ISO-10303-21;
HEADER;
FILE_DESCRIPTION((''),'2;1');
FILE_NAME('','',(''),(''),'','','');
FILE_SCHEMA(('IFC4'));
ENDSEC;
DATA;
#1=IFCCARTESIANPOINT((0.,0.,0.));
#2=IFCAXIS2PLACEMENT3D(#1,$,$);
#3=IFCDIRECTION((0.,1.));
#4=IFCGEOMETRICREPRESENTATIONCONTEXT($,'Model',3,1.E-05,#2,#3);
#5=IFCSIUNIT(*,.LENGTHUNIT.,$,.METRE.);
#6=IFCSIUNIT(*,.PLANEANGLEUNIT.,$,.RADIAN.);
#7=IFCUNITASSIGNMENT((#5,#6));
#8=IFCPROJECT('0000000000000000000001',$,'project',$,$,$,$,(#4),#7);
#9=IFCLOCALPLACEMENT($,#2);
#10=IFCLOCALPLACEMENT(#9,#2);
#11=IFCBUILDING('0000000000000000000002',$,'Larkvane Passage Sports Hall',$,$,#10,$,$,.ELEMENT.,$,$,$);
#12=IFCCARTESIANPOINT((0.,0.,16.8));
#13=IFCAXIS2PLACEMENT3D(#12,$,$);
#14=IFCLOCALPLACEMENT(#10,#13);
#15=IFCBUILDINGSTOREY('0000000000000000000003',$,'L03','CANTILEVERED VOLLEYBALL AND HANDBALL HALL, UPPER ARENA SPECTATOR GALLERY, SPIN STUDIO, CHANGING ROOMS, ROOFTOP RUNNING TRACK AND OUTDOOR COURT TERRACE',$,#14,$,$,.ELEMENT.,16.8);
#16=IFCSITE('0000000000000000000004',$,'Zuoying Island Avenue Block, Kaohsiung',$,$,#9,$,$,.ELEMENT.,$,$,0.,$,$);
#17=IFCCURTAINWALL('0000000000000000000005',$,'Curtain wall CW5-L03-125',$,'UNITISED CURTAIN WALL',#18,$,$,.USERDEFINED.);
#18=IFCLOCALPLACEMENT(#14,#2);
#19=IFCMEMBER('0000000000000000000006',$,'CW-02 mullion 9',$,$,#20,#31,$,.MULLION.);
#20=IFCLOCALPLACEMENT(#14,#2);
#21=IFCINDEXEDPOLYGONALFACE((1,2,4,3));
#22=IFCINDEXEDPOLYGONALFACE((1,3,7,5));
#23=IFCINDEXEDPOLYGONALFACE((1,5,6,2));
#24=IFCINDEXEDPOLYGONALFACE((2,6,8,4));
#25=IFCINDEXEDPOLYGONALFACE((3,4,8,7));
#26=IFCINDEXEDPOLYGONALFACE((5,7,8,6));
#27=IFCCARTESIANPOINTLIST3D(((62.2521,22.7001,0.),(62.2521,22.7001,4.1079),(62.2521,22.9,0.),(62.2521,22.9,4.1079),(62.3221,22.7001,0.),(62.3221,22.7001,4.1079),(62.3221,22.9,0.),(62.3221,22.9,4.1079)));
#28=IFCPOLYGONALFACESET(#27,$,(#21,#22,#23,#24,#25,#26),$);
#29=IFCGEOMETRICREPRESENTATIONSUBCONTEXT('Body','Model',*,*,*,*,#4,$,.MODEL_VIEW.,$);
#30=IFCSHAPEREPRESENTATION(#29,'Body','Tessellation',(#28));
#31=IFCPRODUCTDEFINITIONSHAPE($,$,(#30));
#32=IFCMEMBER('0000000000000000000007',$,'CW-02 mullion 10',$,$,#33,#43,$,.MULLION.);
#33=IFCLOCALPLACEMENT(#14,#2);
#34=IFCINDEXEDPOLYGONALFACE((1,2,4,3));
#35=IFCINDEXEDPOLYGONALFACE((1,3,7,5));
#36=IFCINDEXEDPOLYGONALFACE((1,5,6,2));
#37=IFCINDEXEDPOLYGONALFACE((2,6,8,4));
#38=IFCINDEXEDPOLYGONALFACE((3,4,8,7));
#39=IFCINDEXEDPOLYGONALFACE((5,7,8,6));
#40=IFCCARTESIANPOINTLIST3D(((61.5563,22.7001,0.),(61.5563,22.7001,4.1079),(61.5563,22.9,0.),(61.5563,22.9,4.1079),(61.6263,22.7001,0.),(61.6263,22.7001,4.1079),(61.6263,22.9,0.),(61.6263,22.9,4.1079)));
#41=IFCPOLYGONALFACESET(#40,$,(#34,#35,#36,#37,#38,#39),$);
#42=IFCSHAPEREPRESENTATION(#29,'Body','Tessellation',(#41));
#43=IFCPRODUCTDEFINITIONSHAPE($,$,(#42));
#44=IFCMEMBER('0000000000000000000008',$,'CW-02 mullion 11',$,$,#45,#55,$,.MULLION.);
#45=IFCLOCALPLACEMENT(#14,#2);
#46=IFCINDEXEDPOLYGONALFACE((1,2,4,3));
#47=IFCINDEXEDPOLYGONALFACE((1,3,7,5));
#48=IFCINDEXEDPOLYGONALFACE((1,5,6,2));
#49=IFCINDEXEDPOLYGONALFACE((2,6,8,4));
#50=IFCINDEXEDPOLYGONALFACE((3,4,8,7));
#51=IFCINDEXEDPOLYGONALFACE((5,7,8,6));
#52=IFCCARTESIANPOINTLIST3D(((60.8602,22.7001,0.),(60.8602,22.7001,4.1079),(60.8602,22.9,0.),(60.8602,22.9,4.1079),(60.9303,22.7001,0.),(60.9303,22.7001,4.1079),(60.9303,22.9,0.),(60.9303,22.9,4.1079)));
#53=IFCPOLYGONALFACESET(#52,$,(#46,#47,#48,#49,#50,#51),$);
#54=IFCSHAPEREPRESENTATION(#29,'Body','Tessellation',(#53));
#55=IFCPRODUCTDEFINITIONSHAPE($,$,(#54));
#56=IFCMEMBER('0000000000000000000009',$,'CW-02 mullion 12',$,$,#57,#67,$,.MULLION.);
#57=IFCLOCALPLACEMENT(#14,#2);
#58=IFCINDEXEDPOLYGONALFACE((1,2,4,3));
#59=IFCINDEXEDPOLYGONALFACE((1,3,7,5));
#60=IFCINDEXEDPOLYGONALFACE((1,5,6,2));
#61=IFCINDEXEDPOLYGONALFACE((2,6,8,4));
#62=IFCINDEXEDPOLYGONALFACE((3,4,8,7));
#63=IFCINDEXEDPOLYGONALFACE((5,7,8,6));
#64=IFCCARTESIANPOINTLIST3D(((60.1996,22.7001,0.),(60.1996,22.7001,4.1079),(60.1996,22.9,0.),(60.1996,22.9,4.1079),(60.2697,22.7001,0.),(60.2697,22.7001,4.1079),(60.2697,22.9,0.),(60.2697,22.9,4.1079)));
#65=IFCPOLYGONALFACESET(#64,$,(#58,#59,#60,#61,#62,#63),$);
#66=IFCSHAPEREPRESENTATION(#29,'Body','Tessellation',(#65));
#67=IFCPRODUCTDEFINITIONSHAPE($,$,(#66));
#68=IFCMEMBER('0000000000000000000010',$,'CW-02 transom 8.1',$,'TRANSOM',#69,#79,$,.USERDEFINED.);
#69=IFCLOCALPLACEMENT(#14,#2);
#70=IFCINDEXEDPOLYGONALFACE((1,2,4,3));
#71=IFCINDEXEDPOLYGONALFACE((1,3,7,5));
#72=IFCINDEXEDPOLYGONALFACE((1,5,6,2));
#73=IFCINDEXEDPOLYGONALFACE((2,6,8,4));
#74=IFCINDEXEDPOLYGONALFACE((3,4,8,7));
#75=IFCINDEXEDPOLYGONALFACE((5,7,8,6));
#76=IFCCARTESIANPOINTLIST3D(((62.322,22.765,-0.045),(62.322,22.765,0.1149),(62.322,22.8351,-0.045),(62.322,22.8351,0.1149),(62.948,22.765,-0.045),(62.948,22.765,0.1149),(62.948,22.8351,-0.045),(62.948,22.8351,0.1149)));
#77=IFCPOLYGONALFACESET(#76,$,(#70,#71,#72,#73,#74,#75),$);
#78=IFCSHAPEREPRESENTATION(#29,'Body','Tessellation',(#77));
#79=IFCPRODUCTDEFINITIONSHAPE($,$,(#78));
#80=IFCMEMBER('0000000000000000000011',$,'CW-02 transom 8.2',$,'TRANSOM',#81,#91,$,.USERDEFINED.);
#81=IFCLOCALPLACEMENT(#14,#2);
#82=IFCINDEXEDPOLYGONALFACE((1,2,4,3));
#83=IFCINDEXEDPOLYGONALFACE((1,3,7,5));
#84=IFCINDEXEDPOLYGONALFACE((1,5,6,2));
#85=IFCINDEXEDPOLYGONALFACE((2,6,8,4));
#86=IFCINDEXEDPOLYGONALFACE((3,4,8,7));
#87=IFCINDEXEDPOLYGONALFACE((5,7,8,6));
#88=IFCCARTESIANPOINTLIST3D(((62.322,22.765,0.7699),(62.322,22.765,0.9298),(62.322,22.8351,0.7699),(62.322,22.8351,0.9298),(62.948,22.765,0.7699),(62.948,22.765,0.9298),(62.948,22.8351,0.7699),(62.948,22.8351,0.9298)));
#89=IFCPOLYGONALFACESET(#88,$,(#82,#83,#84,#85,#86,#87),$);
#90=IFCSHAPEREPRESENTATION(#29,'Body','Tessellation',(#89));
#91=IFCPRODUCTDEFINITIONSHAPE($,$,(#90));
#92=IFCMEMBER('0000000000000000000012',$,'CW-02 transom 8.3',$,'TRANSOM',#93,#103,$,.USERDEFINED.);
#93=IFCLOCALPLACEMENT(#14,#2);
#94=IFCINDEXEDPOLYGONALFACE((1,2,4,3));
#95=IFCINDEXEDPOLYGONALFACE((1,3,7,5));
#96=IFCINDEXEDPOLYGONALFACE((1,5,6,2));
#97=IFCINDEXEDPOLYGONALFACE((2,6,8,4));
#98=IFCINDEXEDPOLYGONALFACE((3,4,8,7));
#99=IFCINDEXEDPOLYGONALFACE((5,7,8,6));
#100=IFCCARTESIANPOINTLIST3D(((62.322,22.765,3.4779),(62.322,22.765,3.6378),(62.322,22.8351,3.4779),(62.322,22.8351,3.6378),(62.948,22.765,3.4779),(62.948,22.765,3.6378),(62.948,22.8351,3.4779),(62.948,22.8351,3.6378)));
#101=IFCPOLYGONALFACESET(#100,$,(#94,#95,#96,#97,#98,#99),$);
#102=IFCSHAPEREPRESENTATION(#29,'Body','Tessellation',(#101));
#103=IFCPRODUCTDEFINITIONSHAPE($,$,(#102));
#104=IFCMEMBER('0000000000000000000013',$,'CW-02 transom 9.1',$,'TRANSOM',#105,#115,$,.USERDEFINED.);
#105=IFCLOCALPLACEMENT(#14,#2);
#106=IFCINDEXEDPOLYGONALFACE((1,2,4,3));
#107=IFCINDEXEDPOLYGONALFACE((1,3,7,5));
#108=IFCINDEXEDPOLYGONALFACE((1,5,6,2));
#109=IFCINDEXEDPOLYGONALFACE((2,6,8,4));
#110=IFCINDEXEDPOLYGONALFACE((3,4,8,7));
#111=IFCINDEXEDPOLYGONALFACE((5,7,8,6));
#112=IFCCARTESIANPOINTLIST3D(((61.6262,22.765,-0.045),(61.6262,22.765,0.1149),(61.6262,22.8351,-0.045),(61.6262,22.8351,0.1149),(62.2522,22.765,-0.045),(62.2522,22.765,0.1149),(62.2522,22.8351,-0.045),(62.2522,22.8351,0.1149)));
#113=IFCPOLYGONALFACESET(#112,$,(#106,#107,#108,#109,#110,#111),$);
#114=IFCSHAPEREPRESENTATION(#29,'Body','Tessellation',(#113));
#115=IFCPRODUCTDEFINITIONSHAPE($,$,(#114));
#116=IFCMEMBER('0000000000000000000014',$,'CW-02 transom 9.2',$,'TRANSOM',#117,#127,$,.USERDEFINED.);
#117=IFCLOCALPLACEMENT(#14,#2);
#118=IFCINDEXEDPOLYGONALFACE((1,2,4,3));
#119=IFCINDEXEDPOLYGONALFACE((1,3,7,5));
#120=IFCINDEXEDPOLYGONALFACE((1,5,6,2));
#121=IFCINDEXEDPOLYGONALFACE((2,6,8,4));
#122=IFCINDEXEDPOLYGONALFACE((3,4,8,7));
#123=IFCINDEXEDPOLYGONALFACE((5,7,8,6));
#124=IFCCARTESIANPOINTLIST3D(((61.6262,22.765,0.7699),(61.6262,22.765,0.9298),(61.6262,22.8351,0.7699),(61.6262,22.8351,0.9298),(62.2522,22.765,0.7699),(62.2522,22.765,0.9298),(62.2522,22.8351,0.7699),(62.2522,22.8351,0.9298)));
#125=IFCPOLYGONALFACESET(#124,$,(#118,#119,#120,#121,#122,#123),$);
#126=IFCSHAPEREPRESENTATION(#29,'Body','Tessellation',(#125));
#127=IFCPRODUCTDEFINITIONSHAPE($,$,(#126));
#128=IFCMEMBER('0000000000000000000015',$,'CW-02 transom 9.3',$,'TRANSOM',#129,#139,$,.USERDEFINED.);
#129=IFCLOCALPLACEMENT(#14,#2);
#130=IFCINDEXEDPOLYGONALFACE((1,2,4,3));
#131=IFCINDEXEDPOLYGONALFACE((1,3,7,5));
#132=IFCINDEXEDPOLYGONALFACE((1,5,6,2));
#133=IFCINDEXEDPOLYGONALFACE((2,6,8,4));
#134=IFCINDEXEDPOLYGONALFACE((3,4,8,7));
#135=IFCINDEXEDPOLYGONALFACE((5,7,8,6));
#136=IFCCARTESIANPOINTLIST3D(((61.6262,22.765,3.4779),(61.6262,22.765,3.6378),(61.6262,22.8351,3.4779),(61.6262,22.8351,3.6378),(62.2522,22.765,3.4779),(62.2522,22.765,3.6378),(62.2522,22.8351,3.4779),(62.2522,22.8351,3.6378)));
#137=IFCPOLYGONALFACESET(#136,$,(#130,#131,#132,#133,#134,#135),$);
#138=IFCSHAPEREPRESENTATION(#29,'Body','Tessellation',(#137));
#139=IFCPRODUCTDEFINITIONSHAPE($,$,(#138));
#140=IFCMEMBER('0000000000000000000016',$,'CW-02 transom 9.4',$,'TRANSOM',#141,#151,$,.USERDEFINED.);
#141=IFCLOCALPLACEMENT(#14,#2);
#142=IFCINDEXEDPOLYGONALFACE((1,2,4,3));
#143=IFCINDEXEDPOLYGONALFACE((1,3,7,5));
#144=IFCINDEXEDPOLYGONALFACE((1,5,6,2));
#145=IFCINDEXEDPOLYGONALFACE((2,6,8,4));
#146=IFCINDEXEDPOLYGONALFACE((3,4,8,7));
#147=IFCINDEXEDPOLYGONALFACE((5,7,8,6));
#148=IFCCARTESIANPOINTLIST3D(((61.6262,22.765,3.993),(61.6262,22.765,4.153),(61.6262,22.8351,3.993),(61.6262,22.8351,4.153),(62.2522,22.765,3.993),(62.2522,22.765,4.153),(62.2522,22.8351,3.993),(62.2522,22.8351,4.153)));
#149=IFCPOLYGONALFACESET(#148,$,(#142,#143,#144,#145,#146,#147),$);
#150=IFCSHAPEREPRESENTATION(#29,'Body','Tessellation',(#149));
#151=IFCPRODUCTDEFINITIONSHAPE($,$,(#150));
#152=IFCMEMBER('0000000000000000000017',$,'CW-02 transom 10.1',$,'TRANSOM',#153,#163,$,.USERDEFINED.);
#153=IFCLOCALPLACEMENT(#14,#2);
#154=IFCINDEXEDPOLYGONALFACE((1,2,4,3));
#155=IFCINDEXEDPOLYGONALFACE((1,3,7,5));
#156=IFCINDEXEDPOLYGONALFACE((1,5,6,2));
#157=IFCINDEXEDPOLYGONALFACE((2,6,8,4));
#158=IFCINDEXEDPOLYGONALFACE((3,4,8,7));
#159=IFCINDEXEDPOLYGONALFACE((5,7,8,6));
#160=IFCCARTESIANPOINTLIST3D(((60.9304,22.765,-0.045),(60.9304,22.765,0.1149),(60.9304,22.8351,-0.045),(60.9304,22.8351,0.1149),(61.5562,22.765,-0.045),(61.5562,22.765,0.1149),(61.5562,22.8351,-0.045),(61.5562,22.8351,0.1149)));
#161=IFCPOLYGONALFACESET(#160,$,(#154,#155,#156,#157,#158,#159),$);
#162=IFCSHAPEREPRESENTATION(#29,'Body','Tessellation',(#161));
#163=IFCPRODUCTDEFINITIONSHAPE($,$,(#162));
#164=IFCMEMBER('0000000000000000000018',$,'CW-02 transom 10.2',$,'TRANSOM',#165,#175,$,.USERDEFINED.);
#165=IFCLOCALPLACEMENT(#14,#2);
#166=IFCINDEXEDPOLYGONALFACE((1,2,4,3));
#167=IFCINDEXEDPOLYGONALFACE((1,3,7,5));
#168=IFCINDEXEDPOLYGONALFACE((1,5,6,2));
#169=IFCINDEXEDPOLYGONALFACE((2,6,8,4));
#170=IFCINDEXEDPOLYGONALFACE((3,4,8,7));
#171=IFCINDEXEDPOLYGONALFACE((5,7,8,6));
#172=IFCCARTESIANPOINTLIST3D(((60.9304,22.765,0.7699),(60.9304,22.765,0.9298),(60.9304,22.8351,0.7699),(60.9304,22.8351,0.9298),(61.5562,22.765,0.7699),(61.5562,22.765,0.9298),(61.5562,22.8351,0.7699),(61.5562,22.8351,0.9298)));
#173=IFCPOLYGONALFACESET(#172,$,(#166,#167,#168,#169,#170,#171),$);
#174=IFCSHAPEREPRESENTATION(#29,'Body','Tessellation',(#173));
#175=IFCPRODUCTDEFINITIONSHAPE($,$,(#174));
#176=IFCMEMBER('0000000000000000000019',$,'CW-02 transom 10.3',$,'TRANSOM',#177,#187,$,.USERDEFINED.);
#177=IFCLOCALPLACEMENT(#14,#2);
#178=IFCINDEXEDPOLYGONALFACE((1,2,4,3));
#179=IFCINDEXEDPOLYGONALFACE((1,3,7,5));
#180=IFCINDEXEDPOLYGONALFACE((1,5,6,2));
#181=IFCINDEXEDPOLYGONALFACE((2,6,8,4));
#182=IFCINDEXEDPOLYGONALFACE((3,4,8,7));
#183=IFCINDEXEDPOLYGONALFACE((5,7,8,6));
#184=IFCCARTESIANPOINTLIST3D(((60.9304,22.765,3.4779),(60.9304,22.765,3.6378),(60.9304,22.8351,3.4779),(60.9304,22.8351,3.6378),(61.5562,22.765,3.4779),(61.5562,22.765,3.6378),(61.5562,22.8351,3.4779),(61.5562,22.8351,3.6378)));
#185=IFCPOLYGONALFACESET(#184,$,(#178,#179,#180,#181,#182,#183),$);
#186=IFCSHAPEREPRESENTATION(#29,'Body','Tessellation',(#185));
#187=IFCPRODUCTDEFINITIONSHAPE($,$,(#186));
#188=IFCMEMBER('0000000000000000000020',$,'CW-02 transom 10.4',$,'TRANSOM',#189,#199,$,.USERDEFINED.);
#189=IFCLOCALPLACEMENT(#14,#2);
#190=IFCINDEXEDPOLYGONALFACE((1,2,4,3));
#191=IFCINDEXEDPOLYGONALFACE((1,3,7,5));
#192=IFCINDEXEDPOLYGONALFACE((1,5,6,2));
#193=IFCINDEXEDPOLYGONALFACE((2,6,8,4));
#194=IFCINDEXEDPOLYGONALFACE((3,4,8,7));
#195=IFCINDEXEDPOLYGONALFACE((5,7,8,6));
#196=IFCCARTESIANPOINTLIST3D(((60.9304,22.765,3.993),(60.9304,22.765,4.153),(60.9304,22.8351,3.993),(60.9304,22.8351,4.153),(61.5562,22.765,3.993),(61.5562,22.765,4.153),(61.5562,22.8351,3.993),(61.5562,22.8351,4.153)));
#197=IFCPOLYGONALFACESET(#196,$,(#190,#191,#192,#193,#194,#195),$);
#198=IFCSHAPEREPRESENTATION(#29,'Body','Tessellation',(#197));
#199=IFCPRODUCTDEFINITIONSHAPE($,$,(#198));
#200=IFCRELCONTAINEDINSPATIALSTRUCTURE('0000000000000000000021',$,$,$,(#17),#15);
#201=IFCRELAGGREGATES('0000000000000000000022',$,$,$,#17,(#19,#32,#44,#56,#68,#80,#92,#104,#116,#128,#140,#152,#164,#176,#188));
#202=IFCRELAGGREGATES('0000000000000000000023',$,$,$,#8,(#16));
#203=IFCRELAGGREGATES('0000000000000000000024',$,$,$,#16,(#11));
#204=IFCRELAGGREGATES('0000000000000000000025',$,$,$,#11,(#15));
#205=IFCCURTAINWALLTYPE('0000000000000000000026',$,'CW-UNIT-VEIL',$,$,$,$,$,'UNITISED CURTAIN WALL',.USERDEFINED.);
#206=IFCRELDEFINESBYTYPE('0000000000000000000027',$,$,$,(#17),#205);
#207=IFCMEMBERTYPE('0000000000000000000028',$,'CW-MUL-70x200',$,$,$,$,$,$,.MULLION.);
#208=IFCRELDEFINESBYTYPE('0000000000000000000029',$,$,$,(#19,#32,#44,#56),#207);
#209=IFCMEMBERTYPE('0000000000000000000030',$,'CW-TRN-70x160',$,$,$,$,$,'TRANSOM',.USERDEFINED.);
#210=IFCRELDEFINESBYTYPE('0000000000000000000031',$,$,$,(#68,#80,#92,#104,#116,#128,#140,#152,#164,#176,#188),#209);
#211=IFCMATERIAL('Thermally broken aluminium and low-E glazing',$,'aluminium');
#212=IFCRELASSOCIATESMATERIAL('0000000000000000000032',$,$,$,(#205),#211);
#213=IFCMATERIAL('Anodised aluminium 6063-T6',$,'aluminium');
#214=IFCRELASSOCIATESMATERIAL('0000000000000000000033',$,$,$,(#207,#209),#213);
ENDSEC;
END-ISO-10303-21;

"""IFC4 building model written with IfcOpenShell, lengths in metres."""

from ifc_helpers import new_model, si_unit, direction, frame, origin, origin_2d, place, context, subcontext, project, spatial, rectangle, extrude, material, material_profile, profile_set, type_object, element, aggregate, save


model = new_model("IFC4")

# Units and contexts
model_context = context("Model", 3, precision=1e-05, world=origin(), true_north=direction((0.0, 1.0)))
body_context = subcontext(model_context, "Body", "Model", "MODEL_VIEW")
ifc_project = project(units=[si_unit("LENGTHUNIT", "METRE"), si_unit("PLANEANGLEUNIT", "RADIAN")], contexts=[model_context])

# Site, building, storey
site_placement = place(None, origin())
site = spatial("IfcSite", under=ifc_project, at=site_placement, Name="Zuoying Island Avenue Block, Kaohsiung", CompositionType="ELEMENT", RefElevation=0.0)
building_placement = place(site_placement, origin())
building = spatial("IfcBuilding", under=site, at=building_placement, Name="Larkvane Passage Sports Hall", CompositionType="ELEMENT")
storey_placement = place(building_placement, frame((0.0, 0.0, 16.8)))
storey = spatial("IfcBuildingStorey", under=building, at=storey_placement, Name="L03", Description="CANTILEVERED VOLLEYBALL AND HANDBALL HALL, UPPER ARENA SPECTATOR GALLERY, SPIN STUDIO, CHANGING ROOMS, ROOFTOP RUNNING TRACK AND OUTDOOR COURT TERRACE", CompositionType="ELEMENT", Elevation=16.8)

# Curtain wall, members
ifc_material_1 = material(Name="Thermally broken aluminium and low-E glazing", Category="aluminium")
curtain_wall_type = type_object("IfcCurtainWallType", Name="CW-UNIT-VEIL", ElementType="UNITISED CURTAIN WALL", PredefinedType="USERDEFINED", material=ifc_material_1)
curtain_wall_placement = place(storey_placement, origin())
curtain_wall = element("IfcCurtainWall", 1, at=curtain_wall_placement, inside=storey, type_object=curtain_wall_type, Name="Curtain wall CW5-L03-125", ObjectType="UNITISED CURTAIN WALL", PredefinedType="USERDEFINED")
ifc_material_2 = material(Name="Anodised aluminium 6063-T6", Category="aluminium")
ifc_material_profile_1 = material_profile(ifc_material_2, rectangle(XDim=0.0701, YDim=0.2, at=origin_2d()), Name="ALU-MUL-70x200")
ifc_profile_set_1 = profile_set([ifc_material_profile_1], Name="Anodised aluminium 6063-T6")
member_type_1 = type_object("IfcMemberType", Name="CW-MUL-70x200", PredefinedType="MULLION", material=ifc_profile_set_1)
member_1_placement = place(storey_placement, frame((62.2871, 22.8, 0.0), z_axis=(0.0, 0.0, 1.0), x_axis=(-1.0, 0.0, 0.0)))
member_1 = element("IfcMember", 2, at=member_1_placement, type_object=member_type_1, Name="CW-02 mullion 9", PredefinedType="MULLION", context=body_context, shape_type="SweptSolid", body=[
    extrude(rectangle(XDim=0.0701, YDim=0.2, at=origin_2d()), origin(), (0.0, 0.0, 1.0), 4.1079),
])
member_2_placement = place(storey_placement, frame((61.5913, 22.8, 0.0), z_axis=(0.0, 0.0, 1.0), x_axis=(-1.0, 0.0, 0.0)))
member_2 = element("IfcMember", 3, at=member_2_placement, type_object=member_type_1, Name="CW-02 mullion 10", PredefinedType="MULLION", context=body_context, shape_type="SweptSolid", body=[
    extrude(rectangle(XDim=0.0701, YDim=0.2, at=origin_2d()), origin(), (0.0, 0.0, 1.0), 4.1079),
])
member_3_placement = place(storey_placement, frame((60.8953, 22.8, 0.0), z_axis=(0.0, 0.0, 1.0), x_axis=(-1.0, 0.0, 0.0)))
member_3 = element("IfcMember", 4, at=member_3_placement, type_object=member_type_1, Name="CW-02 mullion 11", PredefinedType="MULLION", context=body_context, shape_type="SweptSolid", body=[
    extrude(rectangle(XDim=0.0701, YDim=0.2, at=origin_2d()), origin(), (0.0, 0.0, 1.0), 4.1079),
])
member_4_placement = place(storey_placement, frame((60.2346, 22.8, 0.0), z_axis=(0.0, 0.0, 1.0), x_axis=(-1.0, 0.0, 0.0)))
member_4 = element("IfcMember", 5, at=member_4_placement, type_object=member_type_1, Name="CW-02 mullion 12", PredefinedType="MULLION", context=body_context, shape_type="SweptSolid", body=[
    extrude(rectangle(XDim=0.0701, YDim=0.2, at=origin_2d()), origin(), (0.0, 0.0, 1.0), 4.1079),
])
ifc_material_profile_2 = material_profile(ifc_material_2, rectangle(XDim=0.0701, YDim=0.1599, at=origin_2d()), Name="ALU-TRN-70x160")
ifc_profile_set_2 = profile_set([ifc_material_profile_2], Name="Anodised aluminium 6063-T6")
member_type_2 = type_object("IfcMemberType", Name="CW-TRN-70x160", ElementType="TRANSOM", PredefinedType="USERDEFINED", material=ifc_profile_set_2)
member_5_placement = place(storey_placement, frame((62.948, 22.8, 0.0349), z_axis=(-1.0, 0.0, 0.0), x_axis=(0.0, -1.0, 0.0)))
member_5 = element("IfcMember", 6, at=member_5_placement, type_object=member_type_2, Name="CW-02 transom 8.1", ObjectType="TRANSOM", PredefinedType="USERDEFINED", context=body_context, shape_type="SweptSolid", body=[
    extrude(rectangle(XDim=0.0701, YDim=0.1599, at=origin_2d()), origin(), (0.0, 0.0, 1.0), 0.626),
])
member_6_placement = place(storey_placement, frame((62.948, 22.8, 0.8499), z_axis=(-1.0, 0.0, 0.0), x_axis=(0.0, -1.0, 0.0)))
member_6 = element("IfcMember", 7, at=member_6_placement, type_object=member_type_2, Name="CW-02 transom 8.2", ObjectType="TRANSOM", PredefinedType="USERDEFINED", context=body_context, shape_type="SweptSolid", body=[
    extrude(rectangle(XDim=0.0701, YDim=0.1599, at=origin_2d()), origin(), (0.0, 0.0, 1.0), 0.626),
])
member_7_placement = place(storey_placement, frame((62.948, 22.8, 3.5579), z_axis=(-1.0, 0.0, 0.0), x_axis=(0.0, -1.0, 0.0)))
member_7 = element("IfcMember", 8, at=member_7_placement, type_object=member_type_2, Name="CW-02 transom 8.3", ObjectType="TRANSOM", PredefinedType="USERDEFINED", context=body_context, shape_type="SweptSolid", body=[
    extrude(rectangle(XDim=0.0701, YDim=0.1599, at=origin_2d()), origin(), (0.0, 0.0, 1.0), 0.626),
])
member_8_placement = place(storey_placement, frame((62.2522, 22.8, 0.0349), z_axis=(-1.0, 0.0, 0.0), x_axis=(0.0, -1.0, 0.0)))
member_8 = element("IfcMember", 9, at=member_8_placement, type_object=member_type_2, Name="CW-02 transom 9.1", ObjectType="TRANSOM", PredefinedType="USERDEFINED", context=body_context, shape_type="SweptSolid", body=[
    extrude(rectangle(XDim=0.0701, YDim=0.1599, at=origin_2d()), origin(), (0.0, 0.0, 1.0), 0.626),
])
member_9_placement = place(storey_placement, frame((62.2522, 22.8, 0.8499), z_axis=(-1.0, 0.0, 0.0), x_axis=(0.0, -1.0, 0.0)))
member_9 = element("IfcMember", 10, at=member_9_placement, type_object=member_type_2, Name="CW-02 transom 9.2", ObjectType="TRANSOM", PredefinedType="USERDEFINED", context=body_context, shape_type="SweptSolid", body=[
    extrude(rectangle(XDim=0.0701, YDim=0.1599, at=origin_2d()), origin(), (0.0, 0.0, 1.0), 0.626),
])
member_10_placement = place(storey_placement, frame((62.2522, 22.8, 3.5579), z_axis=(-1.0, 0.0, 0.0), x_axis=(0.0, -1.0, 0.0)))
member_10 = element("IfcMember", 11, at=member_10_placement, type_object=member_type_2, Name="CW-02 transom 9.3", ObjectType="TRANSOM", PredefinedType="USERDEFINED", context=body_context, shape_type="SweptSolid", body=[
    extrude(rectangle(XDim=0.0701, YDim=0.1599, at=origin_2d()), origin(), (0.0, 0.0, 1.0), 0.626),
])
member_11_placement = place(storey_placement, frame((62.2522, 22.8, 4.073), z_axis=(-1.0, 0.0, 0.0), x_axis=(0.0, -1.0, 0.0)))
member_11 = element("IfcMember", 12, at=member_11_placement, type_object=member_type_2, Name="CW-02 transom 9.4", ObjectType="TRANSOM", PredefinedType="USERDEFINED", context=body_context, shape_type="SweptSolid", body=[
    extrude(rectangle(XDim=0.0701, YDim=0.1599, at=origin_2d()), origin(), (0.0, 0.0, 1.0), 0.626),
])
member_12_placement = place(storey_placement, frame((61.5562, 22.8, 0.0349), z_axis=(-1.0, 0.0, 0.0), x_axis=(0.0, -1.0, 0.0)))
member_12 = element("IfcMember", 13, at=member_12_placement, type_object=member_type_2, Name="CW-02 transom 10.1", ObjectType="TRANSOM", PredefinedType="USERDEFINED", context=body_context, shape_type="SweptSolid", body=[
    extrude(rectangle(XDim=0.0701, YDim=0.1599, at=origin_2d()), origin(), (0.0, 0.0, 1.0), 0.6257),
])
member_13_placement = place(storey_placement, frame((61.5562, 22.8, 0.8499), z_axis=(-1.0, 0.0, 0.0), x_axis=(0.0, -1.0, 0.0)))
member_13 = element("IfcMember", 14, at=member_13_placement, type_object=member_type_2, Name="CW-02 transom 10.2", ObjectType="TRANSOM", PredefinedType="USERDEFINED", context=body_context, shape_type="SweptSolid", body=[
    extrude(rectangle(XDim=0.0701, YDim=0.1599, at=origin_2d()), origin(), (0.0, 0.0, 1.0), 0.6257),
])
member_14_placement = place(storey_placement, frame((61.5562, 22.8, 3.5579), z_axis=(-1.0, 0.0, 0.0), x_axis=(0.0, -1.0, 0.0)))
member_14 = element("IfcMember", 15, at=member_14_placement, type_object=member_type_2, Name="CW-02 transom 10.3", ObjectType="TRANSOM", PredefinedType="USERDEFINED", context=body_context, shape_type="SweptSolid", body=[
    extrude(rectangle(XDim=0.0701, YDim=0.1599, at=origin_2d()), origin(), (0.0, 0.0, 1.0), 0.6257),
])
member_15_placement = place(storey_placement, frame((61.5562, 22.8, 4.073), z_axis=(-1.0, 0.0, 0.0), x_axis=(0.0, -1.0, 0.0)))
member_15 = element("IfcMember", 16, at=member_15_placement, type_object=member_type_2, Name="CW-02 transom 10.4", ObjectType="TRANSOM", PredefinedType="USERDEFINED", context=body_context, shape_type="SweptSolid", body=[
    extrude(rectangle(XDim=0.0701, YDim=0.1599, at=origin_2d()), origin(), (0.0, 0.0, 1.0), 0.6257),
])

aggregate(curtain_wall, [member_1, member_2, member_3, member_4, member_5, member_6, member_7, member_8, member_9, member_10, member_11, member_12, member_13, member_14, member_15])

save(model, "model.ifc")
